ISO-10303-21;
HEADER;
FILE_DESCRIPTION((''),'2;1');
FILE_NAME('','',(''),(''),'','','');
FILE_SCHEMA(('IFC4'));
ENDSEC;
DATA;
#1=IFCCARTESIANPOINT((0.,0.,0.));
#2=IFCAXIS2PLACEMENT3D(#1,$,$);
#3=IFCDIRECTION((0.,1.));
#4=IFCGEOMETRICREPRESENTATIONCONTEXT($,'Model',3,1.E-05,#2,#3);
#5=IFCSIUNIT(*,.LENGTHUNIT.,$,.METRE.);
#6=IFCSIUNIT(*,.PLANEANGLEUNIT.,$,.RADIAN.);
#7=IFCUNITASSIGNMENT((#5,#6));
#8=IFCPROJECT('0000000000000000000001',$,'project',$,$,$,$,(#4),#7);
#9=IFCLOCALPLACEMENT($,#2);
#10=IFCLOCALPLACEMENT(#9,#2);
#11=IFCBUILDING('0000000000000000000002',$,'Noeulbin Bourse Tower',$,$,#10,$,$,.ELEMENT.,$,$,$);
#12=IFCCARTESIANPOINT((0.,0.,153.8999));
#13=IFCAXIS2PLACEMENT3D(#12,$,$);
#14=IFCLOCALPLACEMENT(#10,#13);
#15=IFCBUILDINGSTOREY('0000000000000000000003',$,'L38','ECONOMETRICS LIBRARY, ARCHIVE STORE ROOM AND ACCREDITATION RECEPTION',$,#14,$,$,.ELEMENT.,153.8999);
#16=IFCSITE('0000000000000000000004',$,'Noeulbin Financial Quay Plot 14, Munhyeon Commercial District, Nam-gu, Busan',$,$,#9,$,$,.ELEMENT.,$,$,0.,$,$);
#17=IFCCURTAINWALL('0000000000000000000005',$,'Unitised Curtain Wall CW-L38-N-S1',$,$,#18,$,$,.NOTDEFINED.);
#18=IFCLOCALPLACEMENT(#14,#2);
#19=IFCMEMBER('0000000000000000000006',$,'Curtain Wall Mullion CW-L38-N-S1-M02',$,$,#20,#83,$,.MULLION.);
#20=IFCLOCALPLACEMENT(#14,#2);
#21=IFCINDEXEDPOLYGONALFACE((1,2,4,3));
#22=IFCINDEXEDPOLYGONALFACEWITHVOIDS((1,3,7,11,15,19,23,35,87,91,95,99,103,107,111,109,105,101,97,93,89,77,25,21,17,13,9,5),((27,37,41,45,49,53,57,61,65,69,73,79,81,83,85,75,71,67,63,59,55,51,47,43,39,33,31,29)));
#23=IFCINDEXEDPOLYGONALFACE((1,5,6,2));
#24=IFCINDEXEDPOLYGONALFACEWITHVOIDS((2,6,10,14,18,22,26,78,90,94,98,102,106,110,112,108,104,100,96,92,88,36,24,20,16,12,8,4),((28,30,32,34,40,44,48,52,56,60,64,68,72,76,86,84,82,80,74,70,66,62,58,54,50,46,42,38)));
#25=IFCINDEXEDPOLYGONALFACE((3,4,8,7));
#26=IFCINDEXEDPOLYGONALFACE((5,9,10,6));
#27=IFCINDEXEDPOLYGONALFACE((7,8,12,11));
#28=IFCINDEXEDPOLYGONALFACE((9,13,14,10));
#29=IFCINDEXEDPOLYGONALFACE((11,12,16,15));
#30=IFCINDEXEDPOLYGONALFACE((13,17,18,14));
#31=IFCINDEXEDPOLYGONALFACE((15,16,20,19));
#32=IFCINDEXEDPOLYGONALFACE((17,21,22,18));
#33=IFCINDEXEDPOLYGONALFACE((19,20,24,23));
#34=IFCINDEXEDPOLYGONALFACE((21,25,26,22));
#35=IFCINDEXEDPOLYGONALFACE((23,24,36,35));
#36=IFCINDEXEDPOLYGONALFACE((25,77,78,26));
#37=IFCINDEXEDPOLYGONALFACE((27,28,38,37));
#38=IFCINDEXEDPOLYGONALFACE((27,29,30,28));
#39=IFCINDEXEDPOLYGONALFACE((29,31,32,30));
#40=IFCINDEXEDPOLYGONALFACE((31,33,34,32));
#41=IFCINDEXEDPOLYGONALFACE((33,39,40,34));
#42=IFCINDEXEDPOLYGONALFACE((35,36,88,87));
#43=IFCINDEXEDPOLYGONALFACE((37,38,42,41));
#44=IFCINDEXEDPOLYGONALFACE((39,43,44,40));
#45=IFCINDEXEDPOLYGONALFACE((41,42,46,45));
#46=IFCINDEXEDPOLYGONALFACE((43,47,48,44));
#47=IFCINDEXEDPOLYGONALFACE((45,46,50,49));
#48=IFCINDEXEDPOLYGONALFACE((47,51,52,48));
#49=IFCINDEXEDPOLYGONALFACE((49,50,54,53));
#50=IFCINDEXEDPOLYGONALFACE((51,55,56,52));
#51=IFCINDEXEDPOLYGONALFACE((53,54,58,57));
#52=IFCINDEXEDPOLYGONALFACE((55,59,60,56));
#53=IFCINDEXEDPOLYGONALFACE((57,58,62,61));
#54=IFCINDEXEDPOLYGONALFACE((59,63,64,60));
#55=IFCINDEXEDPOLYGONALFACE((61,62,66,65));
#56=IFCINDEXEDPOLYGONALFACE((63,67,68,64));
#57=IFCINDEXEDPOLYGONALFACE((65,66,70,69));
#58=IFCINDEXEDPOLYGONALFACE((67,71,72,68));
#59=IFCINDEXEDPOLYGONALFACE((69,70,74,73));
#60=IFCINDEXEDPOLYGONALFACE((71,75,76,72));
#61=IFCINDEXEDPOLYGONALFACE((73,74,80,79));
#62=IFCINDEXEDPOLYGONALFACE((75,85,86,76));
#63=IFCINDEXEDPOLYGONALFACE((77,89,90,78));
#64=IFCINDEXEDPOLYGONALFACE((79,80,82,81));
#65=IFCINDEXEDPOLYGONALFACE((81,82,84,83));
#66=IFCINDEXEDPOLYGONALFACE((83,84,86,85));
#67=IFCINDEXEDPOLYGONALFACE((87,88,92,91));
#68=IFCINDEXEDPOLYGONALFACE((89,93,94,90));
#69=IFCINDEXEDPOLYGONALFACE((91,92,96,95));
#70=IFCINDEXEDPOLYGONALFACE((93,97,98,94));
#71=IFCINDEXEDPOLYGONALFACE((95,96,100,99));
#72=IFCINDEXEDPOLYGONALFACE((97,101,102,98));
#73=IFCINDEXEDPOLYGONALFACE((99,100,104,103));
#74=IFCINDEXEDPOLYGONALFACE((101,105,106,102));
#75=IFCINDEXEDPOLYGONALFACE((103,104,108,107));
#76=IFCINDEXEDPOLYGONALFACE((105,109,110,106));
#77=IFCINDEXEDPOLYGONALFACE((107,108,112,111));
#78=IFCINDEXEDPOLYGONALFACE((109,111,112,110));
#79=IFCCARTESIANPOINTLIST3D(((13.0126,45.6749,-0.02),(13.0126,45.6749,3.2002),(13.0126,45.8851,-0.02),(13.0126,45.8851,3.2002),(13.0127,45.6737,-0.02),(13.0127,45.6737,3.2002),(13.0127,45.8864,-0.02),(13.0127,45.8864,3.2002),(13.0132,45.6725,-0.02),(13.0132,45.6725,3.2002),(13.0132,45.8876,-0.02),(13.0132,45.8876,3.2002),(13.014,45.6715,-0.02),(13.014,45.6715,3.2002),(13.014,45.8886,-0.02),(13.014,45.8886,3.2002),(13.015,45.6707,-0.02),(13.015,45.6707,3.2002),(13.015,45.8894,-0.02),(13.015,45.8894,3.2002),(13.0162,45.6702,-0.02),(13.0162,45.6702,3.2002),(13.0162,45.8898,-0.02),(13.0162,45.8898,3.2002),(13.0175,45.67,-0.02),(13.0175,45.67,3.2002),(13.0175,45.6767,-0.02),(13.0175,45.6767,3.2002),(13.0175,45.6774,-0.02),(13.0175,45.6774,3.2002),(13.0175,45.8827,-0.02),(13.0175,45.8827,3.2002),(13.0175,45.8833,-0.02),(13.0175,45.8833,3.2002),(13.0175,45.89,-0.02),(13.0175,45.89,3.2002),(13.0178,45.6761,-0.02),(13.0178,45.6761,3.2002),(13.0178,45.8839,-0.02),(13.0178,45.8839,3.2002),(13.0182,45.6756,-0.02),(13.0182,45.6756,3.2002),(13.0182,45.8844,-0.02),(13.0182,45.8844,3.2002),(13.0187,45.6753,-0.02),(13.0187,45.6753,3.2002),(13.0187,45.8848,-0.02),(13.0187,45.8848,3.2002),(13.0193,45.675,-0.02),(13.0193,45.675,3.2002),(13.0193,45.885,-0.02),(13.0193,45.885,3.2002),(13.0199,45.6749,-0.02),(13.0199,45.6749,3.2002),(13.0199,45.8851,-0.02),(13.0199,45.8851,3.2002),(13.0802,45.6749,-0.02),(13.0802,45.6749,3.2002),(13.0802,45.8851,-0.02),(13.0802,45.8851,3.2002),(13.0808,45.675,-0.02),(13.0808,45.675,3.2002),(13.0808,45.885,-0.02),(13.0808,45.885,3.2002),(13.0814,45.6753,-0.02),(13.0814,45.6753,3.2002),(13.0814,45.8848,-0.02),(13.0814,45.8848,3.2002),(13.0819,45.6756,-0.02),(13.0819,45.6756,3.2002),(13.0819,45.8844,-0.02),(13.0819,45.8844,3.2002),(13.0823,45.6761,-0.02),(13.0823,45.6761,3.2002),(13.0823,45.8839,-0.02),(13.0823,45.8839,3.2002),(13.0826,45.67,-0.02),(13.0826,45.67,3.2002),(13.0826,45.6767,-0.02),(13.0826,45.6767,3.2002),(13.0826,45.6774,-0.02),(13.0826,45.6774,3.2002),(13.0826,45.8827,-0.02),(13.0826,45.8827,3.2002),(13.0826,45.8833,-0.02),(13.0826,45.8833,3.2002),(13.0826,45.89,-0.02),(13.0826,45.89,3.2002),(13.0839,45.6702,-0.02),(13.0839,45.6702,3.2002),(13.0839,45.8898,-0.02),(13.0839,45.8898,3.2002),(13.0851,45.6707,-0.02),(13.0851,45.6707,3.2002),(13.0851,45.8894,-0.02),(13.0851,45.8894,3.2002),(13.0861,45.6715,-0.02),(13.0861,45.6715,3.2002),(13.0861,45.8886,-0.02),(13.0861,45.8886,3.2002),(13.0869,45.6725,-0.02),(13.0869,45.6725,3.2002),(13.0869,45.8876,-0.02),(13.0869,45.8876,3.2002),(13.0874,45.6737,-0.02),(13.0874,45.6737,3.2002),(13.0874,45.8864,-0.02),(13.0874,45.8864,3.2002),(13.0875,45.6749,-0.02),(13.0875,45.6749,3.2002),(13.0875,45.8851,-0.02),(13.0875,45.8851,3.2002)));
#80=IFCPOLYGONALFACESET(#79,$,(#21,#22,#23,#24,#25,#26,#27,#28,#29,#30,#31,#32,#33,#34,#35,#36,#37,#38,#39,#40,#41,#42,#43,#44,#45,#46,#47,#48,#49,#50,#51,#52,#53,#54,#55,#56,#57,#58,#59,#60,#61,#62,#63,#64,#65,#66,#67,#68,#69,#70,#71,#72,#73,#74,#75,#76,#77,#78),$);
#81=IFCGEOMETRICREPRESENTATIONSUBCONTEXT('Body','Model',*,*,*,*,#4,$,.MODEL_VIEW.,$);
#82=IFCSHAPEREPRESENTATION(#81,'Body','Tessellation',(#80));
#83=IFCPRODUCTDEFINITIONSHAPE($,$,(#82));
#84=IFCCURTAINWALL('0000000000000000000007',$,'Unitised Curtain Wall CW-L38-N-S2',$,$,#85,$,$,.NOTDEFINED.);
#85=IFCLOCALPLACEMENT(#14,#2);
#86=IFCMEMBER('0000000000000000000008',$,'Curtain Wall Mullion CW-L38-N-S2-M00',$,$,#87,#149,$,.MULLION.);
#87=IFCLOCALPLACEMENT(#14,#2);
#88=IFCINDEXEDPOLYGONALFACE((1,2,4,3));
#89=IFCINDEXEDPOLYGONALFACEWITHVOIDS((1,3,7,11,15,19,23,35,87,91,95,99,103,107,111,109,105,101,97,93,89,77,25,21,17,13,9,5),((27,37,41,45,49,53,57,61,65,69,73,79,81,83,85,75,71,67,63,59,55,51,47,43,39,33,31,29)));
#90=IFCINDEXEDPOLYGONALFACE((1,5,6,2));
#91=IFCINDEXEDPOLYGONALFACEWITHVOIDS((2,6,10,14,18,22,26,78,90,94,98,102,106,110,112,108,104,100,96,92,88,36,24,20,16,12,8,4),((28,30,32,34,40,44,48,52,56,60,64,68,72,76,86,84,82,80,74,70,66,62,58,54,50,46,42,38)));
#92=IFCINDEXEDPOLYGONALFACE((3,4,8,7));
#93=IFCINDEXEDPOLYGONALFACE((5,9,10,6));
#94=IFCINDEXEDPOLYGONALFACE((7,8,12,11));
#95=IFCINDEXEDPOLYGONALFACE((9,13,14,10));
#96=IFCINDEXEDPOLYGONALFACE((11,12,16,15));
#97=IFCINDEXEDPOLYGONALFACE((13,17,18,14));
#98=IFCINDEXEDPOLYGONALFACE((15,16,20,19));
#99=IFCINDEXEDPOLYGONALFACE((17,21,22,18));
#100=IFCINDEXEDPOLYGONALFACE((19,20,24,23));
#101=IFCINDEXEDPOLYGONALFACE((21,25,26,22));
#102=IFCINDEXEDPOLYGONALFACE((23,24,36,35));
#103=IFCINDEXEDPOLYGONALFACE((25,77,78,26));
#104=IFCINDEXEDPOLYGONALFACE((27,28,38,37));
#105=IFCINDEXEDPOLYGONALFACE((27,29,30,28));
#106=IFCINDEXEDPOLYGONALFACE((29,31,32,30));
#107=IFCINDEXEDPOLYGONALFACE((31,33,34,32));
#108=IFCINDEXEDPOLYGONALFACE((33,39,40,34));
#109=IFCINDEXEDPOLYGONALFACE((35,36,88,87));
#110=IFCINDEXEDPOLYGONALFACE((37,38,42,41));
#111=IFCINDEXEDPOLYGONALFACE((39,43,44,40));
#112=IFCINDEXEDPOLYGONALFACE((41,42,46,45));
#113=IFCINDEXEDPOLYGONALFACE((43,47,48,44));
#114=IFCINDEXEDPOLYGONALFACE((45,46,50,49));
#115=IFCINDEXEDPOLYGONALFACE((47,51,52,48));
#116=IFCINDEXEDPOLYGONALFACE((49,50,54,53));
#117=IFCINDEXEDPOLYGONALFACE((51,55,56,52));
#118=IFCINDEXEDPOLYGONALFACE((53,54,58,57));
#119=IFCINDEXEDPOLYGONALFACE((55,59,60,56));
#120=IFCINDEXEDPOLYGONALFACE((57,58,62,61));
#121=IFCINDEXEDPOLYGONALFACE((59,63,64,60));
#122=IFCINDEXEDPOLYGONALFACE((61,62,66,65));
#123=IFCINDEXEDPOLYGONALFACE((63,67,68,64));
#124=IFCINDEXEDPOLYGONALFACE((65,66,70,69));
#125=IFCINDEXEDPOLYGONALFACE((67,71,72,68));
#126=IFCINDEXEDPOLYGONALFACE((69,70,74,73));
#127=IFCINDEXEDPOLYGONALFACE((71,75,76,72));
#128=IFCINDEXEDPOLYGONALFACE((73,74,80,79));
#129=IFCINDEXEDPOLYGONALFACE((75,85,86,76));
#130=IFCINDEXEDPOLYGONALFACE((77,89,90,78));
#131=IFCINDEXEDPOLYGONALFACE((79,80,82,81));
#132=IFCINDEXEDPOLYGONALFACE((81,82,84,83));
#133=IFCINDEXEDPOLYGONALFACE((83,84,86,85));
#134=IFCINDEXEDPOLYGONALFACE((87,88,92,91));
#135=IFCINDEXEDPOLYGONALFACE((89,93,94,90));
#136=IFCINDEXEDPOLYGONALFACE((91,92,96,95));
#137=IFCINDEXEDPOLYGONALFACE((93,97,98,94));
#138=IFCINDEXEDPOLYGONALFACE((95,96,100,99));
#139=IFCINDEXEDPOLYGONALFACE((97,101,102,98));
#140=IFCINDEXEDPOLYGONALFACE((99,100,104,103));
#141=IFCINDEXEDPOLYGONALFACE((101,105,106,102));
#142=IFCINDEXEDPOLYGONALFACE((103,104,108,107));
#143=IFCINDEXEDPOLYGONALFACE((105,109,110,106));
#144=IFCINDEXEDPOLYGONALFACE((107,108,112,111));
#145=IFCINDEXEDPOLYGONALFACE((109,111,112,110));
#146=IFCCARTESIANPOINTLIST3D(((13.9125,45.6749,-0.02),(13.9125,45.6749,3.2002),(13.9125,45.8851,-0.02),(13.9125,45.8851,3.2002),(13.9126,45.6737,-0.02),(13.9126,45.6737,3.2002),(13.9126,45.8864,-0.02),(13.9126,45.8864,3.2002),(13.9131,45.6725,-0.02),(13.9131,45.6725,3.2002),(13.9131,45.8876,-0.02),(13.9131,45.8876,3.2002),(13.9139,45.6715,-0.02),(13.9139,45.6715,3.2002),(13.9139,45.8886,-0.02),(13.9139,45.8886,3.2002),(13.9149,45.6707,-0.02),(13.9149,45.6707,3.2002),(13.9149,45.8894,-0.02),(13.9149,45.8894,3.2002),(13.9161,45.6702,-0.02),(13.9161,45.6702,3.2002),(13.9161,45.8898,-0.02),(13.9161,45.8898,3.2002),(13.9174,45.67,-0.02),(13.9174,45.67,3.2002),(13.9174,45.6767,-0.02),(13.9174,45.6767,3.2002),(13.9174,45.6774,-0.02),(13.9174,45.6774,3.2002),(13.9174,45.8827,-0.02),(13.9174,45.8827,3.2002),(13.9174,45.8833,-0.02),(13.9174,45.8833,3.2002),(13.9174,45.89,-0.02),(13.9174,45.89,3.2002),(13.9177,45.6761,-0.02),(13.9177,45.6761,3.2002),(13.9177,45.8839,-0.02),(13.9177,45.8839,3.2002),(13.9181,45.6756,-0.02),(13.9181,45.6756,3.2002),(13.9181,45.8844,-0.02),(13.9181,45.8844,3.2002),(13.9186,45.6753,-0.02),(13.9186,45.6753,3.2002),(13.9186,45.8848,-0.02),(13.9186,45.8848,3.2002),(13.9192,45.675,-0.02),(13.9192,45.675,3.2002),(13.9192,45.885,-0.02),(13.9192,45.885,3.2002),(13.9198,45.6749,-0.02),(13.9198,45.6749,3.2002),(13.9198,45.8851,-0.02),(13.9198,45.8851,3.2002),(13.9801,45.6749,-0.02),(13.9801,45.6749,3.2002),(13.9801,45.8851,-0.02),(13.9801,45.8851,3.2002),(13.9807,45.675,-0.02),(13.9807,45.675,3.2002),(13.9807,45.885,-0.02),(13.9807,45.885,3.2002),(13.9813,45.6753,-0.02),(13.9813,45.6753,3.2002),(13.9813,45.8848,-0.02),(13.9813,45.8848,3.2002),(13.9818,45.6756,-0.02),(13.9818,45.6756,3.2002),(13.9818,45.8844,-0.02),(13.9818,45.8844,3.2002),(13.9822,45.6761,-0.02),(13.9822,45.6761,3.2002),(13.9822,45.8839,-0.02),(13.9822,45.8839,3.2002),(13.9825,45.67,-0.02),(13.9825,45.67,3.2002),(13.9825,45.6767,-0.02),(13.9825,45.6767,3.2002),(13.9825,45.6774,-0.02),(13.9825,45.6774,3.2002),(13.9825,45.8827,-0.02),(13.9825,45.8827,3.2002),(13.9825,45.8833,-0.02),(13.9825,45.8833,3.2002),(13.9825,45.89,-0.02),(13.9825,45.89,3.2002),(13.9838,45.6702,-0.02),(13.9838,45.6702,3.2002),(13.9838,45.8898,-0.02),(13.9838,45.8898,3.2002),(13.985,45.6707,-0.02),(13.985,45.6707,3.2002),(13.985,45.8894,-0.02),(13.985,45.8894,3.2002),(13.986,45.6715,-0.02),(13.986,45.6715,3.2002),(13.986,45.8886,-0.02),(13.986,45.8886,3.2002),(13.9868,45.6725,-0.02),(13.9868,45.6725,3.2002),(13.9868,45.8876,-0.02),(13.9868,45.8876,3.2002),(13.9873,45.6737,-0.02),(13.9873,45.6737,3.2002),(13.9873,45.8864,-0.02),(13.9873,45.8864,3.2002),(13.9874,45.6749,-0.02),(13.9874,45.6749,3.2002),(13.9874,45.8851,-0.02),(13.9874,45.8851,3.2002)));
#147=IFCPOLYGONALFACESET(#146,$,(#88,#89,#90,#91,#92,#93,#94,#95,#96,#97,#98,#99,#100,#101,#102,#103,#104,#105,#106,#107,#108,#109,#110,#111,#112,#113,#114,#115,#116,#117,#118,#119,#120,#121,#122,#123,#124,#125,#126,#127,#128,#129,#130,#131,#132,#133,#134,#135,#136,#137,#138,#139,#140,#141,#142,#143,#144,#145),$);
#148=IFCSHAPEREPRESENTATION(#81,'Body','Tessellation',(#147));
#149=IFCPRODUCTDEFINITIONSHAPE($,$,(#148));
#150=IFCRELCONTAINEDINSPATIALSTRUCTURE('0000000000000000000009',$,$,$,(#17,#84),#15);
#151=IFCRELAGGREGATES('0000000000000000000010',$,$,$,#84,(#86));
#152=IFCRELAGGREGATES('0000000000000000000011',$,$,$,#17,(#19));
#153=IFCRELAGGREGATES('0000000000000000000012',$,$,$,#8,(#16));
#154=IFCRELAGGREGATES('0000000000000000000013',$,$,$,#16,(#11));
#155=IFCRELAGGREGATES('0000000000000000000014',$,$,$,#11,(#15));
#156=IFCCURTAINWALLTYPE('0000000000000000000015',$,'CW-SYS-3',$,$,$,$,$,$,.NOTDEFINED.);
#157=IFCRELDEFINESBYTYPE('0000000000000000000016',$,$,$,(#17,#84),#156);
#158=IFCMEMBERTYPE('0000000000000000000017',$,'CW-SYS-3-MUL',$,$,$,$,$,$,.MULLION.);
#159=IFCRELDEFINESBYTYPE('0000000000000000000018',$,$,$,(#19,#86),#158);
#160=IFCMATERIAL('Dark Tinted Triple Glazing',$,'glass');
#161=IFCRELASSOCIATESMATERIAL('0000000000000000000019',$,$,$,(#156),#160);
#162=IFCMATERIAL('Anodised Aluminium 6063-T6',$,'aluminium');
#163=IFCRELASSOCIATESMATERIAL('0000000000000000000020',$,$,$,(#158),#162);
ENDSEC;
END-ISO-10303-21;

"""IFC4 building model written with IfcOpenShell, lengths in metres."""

from ifc_helpers import new_model, si_unit, direction, frame, origin, origin_2d, place, context, subcontext, project, spatial, hollow_rectangle, extrude, material, material_profile, profile_set, type_object, element, aggregate, save


model = new_model("IFC4")

# Units and contexts
model_context = context("Model", 3, precision=1e-05, world=origin(), true_north=direction((0.0, 1.0)))
body_context = subcontext(model_context, "Body", "Model", "MODEL_VIEW")
ifc_project = project(units=[si_unit("LENGTHUNIT", "METRE"), si_unit("PLANEANGLEUNIT", "RADIAN")], contexts=[model_context])

# Site, building, storey
site_placement = place(None, origin())
site = spatial("IfcSite", under=ifc_project, at=site_placement, Name="Noeulbin Financial Quay Plot 14, Munhyeon Commercial District, Nam-gu, Busan", CompositionType="ELEMENT", RefElevation=0.0)
building_placement = place(site_placement, origin())
building = spatial("IfcBuilding", under=site, at=building_placement, Name="Noeulbin Bourse Tower", CompositionType="ELEMENT")
storey_placement = place(building_placement, frame((0.0, 0.0, 153.8999)))
storey = spatial("IfcBuildingStorey", under=building, at=storey_placement, Name="L38", Description="ECONOMETRICS LIBRARY, ARCHIVE STORE ROOM AND ACCREDITATION RECEPTION", CompositionType="ELEMENT", Elevation=153.8999)

# Curtain wall, member
ifc_material_1 = material(Name="Dark Tinted Triple Glazing", Category="glass")
curtain_wall_type = type_object("IfcCurtainWallType", Name="CW-SYS-3", PredefinedType="NOTDEFINED", material=ifc_material_1)
curtain_wall_1_placement = place(storey_placement, origin())
curtain_wall_1 = element("IfcCurtainWall", 1, at=curtain_wall_1_placement, inside=storey, type_object=curtain_wall_type, Name="Unitised Curtain Wall CW-L38-N-S1", PredefinedType="NOTDEFINED")
ifc_material_2 = material(Name="Anodised Aluminium 6063-T6", Category="aluminium")
ifc_material_profile_1 = material_profile(ifc_material_2, hollow_rectangle(XDim=0.075, YDim=0.22, WallThickness=0.0049, InnerFilletRadius=0.0024, OuterFilletRadius=0.0049, at=origin_2d()), Name="ALU-MULL-75x220x5", Category="LoadBearing")
ifc_profile_set_1 = profile_set([ifc_material_profile_1], Name="Anodised Aluminium 6063-T6")
member_type_1 = type_object("IfcMemberType", Name="CW-SYS-3-MUL", PredefinedType="MULLION", material=ifc_profile_set_1)
member_1_placement = place(storey_placement, frame((13.05, 45.78, -0.02), z_axis=(0.0, 0.0, 1.0), x_axis=(1.0, 0.0, 0.0)))
member_1 = element("IfcMember", 2, at=member_1_placement, type_object=member_type_1, Name="Curtain Wall Mullion CW-L38-N-S1-M02", PredefinedType="MULLION", context=body_context, shape_type="SweptSolid", body=[
    extrude(hollow_rectangle(XDim=0.075, YDim=0.22, WallThickness=0.0049, InnerFilletRadius=0.0024, OuterFilletRadius=0.0049, at=origin_2d()), origin(), (0.0, 0.0, 1.0), 3.2202),
])

# Curtain wall, member
curtain_wall_2_placement = place(storey_placement, origin())
curtain_wall_2 = element("IfcCurtainWall", 3, at=curtain_wall_2_placement, inside=storey, type_object=curtain_wall_type, Name="Unitised Curtain Wall CW-L38-N-S2", PredefinedType="NOTDEFINED")
member_2_placement = place(storey_placement, frame((13.95, 45.78, -0.02), z_axis=(0.0, 0.0, 1.0), x_axis=(1.0, 0.0, 0.0)))
member_2 = element("IfcMember", 4, at=member_2_placement, type_object=member_type_1, Name="Curtain Wall Mullion CW-L38-N-S2-M00", PredefinedType="MULLION", context=body_context, shape_type="SweptSolid", body=[
    extrude(hollow_rectangle(XDim=0.075, YDim=0.22, WallThickness=0.0049, InnerFilletRadius=0.0024, OuterFilletRadius=0.0049, at=origin_2d()), origin(), (0.0, 0.0, 1.0), 3.2202),
])

aggregate(curtain_wall_2, [member_2])

aggregate(curtain_wall_1, [member_1])

save(model, "model.ifc")
